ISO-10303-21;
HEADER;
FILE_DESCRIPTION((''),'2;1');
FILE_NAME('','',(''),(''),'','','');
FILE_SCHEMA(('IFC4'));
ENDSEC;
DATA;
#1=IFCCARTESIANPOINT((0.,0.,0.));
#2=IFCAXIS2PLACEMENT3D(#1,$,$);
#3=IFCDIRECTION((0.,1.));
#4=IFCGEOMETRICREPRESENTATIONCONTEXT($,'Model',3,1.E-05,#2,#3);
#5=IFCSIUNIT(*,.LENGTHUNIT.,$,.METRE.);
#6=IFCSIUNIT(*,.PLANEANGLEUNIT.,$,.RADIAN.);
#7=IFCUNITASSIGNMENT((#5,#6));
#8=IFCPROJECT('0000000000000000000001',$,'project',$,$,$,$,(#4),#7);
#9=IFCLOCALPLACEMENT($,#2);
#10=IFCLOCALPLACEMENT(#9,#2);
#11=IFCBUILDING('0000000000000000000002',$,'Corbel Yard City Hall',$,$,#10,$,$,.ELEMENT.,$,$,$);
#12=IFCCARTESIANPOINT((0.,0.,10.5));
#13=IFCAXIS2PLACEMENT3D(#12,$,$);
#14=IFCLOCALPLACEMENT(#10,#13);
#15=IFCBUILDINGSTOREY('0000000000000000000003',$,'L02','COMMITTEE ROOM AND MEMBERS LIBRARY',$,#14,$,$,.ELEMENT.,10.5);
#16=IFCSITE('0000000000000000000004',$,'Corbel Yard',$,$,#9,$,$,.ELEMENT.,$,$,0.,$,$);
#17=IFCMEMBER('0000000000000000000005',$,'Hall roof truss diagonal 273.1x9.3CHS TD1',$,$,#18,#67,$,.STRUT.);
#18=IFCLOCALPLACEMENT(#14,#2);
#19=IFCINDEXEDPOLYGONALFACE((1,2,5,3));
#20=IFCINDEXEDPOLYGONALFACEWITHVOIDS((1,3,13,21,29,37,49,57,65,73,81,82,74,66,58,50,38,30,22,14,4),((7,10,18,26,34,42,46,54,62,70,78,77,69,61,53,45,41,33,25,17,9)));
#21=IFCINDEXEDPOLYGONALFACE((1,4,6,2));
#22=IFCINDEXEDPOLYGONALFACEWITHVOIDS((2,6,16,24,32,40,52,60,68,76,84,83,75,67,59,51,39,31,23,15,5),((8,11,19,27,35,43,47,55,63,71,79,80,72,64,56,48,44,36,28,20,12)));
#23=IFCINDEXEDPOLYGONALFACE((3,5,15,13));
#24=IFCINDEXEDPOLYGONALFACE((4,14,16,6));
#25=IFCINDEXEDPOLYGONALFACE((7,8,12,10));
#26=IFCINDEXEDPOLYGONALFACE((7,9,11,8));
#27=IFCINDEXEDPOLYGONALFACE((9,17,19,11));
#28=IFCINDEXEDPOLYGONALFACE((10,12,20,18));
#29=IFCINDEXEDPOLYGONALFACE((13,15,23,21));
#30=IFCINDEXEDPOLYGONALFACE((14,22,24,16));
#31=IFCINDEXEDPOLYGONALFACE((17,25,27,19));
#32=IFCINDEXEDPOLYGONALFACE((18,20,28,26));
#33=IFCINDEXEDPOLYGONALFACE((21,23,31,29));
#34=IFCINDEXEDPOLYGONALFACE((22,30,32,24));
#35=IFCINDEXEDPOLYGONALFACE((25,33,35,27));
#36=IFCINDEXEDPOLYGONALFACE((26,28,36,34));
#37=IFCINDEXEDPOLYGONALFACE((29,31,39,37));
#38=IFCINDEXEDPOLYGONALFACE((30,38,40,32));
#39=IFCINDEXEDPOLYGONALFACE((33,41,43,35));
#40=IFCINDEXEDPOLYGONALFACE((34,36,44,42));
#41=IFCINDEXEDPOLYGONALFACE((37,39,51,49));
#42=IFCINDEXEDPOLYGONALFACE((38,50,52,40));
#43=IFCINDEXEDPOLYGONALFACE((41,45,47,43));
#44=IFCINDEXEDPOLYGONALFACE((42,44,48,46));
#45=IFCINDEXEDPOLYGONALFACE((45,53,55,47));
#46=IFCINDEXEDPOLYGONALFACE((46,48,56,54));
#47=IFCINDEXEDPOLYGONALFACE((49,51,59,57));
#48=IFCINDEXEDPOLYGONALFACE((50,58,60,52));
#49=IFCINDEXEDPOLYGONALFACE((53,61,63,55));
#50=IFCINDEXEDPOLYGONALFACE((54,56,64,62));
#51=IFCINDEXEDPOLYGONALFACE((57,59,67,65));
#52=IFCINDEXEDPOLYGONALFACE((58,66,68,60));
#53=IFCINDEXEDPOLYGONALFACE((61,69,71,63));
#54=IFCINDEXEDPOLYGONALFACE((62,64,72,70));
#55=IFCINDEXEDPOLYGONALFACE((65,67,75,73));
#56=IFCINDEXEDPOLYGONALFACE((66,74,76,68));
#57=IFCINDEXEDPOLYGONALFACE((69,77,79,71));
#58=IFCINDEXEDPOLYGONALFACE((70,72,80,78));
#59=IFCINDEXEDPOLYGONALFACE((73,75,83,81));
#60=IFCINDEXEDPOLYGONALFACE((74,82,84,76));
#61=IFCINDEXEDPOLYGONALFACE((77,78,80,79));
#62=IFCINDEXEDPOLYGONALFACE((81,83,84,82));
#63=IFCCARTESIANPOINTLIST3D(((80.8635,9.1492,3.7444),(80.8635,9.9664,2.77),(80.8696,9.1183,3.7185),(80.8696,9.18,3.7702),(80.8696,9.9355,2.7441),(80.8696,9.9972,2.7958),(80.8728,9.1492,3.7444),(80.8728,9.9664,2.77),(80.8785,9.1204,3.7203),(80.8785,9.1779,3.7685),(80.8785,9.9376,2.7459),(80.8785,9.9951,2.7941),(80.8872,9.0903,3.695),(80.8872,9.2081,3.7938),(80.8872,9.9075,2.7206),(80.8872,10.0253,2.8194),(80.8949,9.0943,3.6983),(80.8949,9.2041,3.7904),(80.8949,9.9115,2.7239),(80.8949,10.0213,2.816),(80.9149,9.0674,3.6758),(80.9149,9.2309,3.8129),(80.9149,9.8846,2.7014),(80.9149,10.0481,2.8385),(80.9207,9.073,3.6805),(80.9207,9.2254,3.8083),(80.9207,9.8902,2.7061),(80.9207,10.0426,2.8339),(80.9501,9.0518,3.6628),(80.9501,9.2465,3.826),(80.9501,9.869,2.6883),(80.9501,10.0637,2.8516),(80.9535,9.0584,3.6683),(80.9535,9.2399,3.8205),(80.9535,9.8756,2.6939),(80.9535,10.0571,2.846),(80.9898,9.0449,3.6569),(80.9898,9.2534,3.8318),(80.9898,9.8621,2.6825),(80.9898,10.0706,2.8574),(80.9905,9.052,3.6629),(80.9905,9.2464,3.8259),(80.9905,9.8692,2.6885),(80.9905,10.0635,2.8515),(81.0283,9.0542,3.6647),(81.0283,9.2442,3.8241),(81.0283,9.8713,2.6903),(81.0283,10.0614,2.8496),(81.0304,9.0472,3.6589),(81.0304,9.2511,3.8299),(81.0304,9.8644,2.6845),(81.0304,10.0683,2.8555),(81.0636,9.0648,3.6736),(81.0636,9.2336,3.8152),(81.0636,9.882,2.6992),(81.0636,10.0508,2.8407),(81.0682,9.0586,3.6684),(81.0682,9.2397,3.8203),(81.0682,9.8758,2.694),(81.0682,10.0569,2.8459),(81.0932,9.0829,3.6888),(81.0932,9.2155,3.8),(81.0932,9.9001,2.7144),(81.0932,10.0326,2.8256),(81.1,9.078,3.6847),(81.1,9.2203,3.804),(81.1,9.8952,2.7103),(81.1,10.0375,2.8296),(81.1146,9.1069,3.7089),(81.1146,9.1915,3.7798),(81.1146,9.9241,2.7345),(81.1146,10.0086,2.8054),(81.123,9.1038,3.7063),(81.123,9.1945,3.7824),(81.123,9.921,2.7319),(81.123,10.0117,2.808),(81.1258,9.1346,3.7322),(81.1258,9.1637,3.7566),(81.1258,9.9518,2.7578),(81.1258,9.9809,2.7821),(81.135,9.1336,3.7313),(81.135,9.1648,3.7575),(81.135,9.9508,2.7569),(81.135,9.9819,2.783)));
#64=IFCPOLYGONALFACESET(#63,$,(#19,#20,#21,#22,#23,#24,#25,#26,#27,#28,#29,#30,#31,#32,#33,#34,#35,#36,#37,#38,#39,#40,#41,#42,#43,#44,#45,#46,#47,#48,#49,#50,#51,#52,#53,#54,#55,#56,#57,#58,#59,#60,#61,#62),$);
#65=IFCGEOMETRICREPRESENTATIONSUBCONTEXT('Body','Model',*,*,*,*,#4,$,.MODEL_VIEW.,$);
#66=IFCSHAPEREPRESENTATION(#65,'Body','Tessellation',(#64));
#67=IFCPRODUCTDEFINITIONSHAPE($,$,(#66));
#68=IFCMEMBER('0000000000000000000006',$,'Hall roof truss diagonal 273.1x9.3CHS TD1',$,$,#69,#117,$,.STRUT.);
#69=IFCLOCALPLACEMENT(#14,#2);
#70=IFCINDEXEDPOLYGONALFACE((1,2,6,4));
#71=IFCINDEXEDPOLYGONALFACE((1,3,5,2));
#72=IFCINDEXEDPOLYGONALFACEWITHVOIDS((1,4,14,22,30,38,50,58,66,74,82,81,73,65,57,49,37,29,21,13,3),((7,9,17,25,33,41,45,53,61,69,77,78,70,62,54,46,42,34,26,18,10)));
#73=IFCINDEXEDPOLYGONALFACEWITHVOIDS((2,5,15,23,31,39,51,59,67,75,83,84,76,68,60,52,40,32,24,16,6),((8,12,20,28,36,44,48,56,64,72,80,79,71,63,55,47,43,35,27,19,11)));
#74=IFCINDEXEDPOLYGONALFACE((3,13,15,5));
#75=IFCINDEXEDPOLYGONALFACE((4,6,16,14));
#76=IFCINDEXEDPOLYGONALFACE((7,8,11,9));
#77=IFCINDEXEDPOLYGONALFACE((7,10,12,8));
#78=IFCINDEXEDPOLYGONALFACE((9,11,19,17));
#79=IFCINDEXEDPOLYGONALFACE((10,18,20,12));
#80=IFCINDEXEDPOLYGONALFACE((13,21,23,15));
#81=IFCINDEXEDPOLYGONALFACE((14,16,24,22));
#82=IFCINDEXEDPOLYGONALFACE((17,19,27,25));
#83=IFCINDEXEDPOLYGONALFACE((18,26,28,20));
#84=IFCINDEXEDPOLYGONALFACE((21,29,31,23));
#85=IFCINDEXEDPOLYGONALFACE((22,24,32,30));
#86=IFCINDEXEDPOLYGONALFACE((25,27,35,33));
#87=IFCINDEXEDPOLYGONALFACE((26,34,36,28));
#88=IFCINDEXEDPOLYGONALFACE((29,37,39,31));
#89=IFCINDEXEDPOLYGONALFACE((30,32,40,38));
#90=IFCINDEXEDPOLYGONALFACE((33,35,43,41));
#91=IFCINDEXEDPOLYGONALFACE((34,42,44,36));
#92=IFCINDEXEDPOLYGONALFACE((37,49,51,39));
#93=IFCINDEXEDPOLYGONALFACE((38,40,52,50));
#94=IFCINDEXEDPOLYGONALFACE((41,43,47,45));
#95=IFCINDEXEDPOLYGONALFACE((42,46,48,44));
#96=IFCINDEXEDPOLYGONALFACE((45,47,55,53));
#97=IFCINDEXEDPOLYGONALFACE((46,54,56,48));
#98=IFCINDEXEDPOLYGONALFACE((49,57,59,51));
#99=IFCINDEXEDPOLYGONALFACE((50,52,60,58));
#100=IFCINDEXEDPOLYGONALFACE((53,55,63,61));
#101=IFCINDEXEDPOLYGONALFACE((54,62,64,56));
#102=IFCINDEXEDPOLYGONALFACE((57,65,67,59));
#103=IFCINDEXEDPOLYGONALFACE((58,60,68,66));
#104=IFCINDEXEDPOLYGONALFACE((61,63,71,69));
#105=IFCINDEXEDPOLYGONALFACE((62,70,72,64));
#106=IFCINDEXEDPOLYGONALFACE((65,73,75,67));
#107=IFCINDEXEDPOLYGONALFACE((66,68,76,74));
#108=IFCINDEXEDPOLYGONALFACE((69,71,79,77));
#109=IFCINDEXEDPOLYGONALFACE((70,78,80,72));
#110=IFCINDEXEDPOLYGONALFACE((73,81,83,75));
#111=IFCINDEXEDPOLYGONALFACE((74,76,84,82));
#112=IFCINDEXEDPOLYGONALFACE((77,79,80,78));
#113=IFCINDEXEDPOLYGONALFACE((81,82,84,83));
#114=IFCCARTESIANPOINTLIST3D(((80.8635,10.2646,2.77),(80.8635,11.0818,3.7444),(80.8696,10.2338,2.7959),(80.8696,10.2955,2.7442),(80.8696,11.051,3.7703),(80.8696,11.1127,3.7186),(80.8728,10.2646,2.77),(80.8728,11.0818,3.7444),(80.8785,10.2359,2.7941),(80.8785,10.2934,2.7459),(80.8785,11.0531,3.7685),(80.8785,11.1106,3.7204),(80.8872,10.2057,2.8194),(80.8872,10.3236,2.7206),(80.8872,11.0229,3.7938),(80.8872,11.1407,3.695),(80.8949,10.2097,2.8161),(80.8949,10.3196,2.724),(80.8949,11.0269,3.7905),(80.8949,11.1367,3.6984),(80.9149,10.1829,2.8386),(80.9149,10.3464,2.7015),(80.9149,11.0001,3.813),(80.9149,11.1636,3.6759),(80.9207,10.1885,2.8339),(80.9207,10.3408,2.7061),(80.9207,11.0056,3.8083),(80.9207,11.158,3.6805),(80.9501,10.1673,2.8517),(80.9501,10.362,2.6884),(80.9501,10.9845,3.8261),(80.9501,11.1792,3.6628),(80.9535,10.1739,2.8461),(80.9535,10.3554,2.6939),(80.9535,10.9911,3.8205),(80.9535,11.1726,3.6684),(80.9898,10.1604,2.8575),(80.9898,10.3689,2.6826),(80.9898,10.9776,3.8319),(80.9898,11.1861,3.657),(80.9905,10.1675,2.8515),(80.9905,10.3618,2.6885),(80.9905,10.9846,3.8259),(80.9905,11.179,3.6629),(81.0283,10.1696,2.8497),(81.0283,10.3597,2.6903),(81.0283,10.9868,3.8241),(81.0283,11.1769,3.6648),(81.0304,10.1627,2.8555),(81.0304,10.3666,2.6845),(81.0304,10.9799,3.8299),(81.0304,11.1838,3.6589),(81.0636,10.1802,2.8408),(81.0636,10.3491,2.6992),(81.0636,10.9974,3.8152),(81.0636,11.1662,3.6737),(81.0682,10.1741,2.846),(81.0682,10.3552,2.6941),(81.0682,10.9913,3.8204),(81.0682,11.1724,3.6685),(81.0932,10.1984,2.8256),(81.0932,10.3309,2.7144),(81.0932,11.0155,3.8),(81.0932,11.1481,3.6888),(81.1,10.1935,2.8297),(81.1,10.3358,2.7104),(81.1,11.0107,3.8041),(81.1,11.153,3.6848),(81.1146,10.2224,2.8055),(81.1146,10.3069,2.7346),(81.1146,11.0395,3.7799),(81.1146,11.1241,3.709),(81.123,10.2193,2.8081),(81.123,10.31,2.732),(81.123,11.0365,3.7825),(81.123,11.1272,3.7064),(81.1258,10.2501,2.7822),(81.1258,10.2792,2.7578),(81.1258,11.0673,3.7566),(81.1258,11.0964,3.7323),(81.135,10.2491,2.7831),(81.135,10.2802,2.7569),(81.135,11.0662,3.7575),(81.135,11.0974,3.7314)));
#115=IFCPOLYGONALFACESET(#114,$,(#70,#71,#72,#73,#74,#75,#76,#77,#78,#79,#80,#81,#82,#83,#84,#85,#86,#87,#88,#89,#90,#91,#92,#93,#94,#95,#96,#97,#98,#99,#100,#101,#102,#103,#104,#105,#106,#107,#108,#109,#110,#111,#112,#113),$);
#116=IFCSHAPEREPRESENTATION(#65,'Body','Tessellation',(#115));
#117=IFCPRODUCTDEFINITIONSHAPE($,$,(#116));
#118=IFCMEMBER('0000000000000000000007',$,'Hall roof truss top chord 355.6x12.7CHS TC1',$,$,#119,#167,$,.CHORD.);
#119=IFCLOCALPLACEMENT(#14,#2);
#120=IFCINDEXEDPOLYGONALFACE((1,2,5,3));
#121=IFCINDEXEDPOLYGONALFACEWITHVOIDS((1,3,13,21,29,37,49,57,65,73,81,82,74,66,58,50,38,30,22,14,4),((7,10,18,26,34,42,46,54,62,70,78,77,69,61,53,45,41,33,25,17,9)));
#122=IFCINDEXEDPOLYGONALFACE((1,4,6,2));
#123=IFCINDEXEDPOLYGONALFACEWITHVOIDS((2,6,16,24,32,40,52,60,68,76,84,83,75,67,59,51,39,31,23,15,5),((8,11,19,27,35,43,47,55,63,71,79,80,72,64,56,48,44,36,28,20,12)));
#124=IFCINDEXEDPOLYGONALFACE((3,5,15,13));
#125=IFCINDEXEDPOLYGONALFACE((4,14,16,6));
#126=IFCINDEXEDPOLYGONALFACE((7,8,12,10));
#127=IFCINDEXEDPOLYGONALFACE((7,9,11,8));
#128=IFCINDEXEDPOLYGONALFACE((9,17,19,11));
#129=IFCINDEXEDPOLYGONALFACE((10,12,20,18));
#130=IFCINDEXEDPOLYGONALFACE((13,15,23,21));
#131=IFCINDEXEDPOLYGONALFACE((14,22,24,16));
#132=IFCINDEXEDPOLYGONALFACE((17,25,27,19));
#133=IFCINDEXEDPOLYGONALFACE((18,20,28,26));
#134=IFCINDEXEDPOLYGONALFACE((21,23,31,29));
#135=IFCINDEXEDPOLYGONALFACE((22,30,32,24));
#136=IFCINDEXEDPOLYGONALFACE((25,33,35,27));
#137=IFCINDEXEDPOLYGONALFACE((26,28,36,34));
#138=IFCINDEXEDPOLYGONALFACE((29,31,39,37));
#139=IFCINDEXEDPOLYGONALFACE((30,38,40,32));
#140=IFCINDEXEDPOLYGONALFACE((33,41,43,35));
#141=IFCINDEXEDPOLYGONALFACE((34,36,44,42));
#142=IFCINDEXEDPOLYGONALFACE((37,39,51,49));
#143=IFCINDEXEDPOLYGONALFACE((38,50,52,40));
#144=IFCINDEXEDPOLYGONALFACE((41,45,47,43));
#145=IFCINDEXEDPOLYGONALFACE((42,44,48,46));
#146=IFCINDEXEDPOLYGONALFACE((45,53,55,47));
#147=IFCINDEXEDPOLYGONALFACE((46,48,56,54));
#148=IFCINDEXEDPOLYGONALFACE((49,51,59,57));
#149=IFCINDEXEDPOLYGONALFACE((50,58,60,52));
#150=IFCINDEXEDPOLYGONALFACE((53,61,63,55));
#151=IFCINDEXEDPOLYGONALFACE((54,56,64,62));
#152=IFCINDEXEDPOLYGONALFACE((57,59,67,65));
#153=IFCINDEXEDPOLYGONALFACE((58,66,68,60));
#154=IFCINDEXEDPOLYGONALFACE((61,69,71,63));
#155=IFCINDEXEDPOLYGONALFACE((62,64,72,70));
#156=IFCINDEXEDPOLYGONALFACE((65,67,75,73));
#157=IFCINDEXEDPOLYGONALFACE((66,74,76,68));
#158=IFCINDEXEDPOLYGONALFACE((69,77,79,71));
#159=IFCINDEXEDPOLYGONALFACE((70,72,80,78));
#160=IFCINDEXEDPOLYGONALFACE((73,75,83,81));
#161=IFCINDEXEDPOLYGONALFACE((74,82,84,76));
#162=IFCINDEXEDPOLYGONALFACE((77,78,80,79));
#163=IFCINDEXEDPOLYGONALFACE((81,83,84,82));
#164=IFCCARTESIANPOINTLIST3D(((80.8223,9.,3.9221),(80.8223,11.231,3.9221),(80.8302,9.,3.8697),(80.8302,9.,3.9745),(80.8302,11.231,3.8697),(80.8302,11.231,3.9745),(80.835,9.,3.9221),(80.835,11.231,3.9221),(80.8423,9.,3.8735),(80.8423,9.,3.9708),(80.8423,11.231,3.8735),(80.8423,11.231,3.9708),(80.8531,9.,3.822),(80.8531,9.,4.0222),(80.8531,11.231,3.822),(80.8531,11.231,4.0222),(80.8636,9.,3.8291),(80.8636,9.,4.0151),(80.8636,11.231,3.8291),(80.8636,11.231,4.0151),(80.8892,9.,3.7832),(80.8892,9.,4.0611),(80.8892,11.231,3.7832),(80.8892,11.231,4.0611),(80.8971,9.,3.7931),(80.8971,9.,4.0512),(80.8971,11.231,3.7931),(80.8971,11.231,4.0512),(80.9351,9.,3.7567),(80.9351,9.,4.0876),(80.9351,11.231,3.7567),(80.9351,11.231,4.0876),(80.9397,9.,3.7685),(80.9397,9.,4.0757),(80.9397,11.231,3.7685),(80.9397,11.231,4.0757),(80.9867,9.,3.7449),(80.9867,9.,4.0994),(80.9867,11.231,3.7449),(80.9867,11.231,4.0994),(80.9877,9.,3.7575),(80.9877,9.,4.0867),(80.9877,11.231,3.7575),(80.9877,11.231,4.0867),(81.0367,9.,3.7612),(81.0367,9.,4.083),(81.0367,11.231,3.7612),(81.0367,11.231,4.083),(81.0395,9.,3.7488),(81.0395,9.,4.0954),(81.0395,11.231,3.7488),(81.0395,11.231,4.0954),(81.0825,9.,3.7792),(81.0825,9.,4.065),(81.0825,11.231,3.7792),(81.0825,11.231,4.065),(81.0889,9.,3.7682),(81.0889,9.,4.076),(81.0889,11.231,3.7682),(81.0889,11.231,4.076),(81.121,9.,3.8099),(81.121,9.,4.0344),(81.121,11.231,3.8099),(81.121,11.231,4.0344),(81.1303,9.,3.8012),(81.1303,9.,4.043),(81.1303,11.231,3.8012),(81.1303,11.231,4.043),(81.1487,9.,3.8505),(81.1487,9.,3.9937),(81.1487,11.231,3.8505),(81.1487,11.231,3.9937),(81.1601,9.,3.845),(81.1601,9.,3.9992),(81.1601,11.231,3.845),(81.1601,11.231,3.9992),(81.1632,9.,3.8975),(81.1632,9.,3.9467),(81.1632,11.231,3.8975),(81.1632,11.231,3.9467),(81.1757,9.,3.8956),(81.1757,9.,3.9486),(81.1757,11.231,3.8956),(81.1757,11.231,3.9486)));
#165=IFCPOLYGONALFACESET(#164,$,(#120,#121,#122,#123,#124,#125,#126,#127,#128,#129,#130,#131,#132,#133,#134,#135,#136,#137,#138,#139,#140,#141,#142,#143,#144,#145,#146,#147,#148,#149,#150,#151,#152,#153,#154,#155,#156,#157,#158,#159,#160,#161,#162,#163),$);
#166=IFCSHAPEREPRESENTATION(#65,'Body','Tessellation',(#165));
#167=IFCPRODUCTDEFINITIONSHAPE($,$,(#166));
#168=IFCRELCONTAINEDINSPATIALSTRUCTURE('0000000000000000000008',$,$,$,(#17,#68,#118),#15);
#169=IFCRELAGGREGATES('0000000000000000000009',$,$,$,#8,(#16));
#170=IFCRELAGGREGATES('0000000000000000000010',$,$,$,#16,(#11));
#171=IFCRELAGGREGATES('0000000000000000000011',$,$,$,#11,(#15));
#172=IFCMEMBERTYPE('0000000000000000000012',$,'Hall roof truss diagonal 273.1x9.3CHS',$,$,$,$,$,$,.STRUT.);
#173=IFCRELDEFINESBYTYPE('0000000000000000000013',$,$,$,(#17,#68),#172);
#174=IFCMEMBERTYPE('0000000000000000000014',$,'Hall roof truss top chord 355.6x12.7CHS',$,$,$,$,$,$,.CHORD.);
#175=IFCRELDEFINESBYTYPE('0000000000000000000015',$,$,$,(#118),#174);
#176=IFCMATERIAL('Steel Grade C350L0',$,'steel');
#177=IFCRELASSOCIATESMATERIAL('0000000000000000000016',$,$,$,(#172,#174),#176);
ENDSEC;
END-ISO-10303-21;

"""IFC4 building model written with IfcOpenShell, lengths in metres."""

from ifc_helpers import new_model, si_unit, direction, frame, origin, origin_2d, place, context, subcontext, project, spatial, hollow_circle, extrude, material, material_profile, profile_set, type_object, element, save


model = new_model("IFC4")

# Units and contexts
model_context = context("Model", 3, precision=1e-05, world=origin(), true_north=direction((0.0, 1.0)))
body_context = subcontext(model_context, "Body", "Model", "MODEL_VIEW")
ifc_project = project(units=[si_unit("LENGTHUNIT", "METRE"), si_unit("PLANEANGLEUNIT", "RADIAN")], contexts=[model_context])

# Site, building, storey
site_placement = place(None, origin())
site = spatial("IfcSite", under=ifc_project, at=site_placement, Name="Corbel Yard", CompositionType="ELEMENT", RefElevation=0.0)
building_placement = place(site_placement, origin())
building = spatial("IfcBuilding", under=site, at=building_placement, Name="Corbel Yard City Hall", CompositionType="ELEMENT")
storey_placement = place(building_placement, frame((0.0, 0.0, 10.5)))
storey = spatial("IfcBuildingStorey", under=building, at=storey_placement, Name="L02", Description="COMMITTEE ROOM AND MEMBERS LIBRARY", CompositionType="ELEMENT", Elevation=10.5)

# Members
ifc_material_1 = material(Name="Steel Grade C350L0", Category="steel")
ifc_material_profile_1 = material_profile(ifc_material_1, hollow_circle(Radius=0.1365, WallThickness=0.0093, at=origin_2d()), Name="273.1x9.3CHS")
ifc_profile_set_1 = profile_set([ifc_material_profile_1], Name="Steel Grade C350L0")
member_type_1 = type_object("IfcMemberType", Name="Hall roof truss diagonal 273.1x9.3CHS", PredefinedType="STRUT", material=ifc_profile_set_1)
for number, where, z_axis, x_axis, name in (
    (1, (81.0, 9.1492, 3.7444), (0.0, 0.64258, -0.766219), (-1.0, 0.0, 0.0), "Hall roof truss diagonal 273.1x9.3CHS TD1"),
    (2, (81.0, 10.2646, 2.77), (0.0, 0.64258, 0.766219), (-1.0, 0.0, 0.0), "Hall roof truss diagonal 273.1x9.3CHS TD1"),
):
    element("IfcMember", number, at=place(storey_placement, frame(where, z_axis=z_axis, x_axis=x_axis)), inside=storey, type_object=member_type_1, Name=name, PredefinedType="STRUT", context=body_context, shape_type="SweptSolid", body=[
        extrude(hollow_circle(Radius=0.1365, WallThickness=0.0093, at=origin_2d()), origin(), (0.0, 0.0, 1.0), 1.2717),
    ])
ifc_material_profile_2 = material_profile(ifc_material_1, hollow_circle(Radius=0.1777, WallThickness=0.0127, at=origin_2d()), Name="355.6x12.7CHS")
ifc_profile_set_2 = profile_set([ifc_material_profile_2], Name="Steel Grade C350L0")
member_type_2 = type_object("IfcMemberType", Name="Hall roof truss top chord 355.6x12.7CHS", PredefinedType="CHORD", material=ifc_profile_set_2)
for number, where, z_axis, x_axis, name in (
    (3, (81.0, 9.0, 3.9221), (0.0, 1.0, 0.0), (-1.0, 0.0, 0.0), "Hall roof truss top chord 355.6x12.7CHS TC1"),
):
    element("IfcMember", number, at=place(storey_placement, frame(where, z_axis=z_axis, x_axis=x_axis)), inside=storey, type_object=member_type_2, Name=name, PredefinedType="CHORD", context=body_context, shape_type="SweptSolid", body=[
        extrude(hollow_circle(Radius=0.1777, WallThickness=0.0127, at=origin_2d()), origin(), (0.0, 0.0, 1.0), 2.231),
    ])

save(model, "model.ifc")
